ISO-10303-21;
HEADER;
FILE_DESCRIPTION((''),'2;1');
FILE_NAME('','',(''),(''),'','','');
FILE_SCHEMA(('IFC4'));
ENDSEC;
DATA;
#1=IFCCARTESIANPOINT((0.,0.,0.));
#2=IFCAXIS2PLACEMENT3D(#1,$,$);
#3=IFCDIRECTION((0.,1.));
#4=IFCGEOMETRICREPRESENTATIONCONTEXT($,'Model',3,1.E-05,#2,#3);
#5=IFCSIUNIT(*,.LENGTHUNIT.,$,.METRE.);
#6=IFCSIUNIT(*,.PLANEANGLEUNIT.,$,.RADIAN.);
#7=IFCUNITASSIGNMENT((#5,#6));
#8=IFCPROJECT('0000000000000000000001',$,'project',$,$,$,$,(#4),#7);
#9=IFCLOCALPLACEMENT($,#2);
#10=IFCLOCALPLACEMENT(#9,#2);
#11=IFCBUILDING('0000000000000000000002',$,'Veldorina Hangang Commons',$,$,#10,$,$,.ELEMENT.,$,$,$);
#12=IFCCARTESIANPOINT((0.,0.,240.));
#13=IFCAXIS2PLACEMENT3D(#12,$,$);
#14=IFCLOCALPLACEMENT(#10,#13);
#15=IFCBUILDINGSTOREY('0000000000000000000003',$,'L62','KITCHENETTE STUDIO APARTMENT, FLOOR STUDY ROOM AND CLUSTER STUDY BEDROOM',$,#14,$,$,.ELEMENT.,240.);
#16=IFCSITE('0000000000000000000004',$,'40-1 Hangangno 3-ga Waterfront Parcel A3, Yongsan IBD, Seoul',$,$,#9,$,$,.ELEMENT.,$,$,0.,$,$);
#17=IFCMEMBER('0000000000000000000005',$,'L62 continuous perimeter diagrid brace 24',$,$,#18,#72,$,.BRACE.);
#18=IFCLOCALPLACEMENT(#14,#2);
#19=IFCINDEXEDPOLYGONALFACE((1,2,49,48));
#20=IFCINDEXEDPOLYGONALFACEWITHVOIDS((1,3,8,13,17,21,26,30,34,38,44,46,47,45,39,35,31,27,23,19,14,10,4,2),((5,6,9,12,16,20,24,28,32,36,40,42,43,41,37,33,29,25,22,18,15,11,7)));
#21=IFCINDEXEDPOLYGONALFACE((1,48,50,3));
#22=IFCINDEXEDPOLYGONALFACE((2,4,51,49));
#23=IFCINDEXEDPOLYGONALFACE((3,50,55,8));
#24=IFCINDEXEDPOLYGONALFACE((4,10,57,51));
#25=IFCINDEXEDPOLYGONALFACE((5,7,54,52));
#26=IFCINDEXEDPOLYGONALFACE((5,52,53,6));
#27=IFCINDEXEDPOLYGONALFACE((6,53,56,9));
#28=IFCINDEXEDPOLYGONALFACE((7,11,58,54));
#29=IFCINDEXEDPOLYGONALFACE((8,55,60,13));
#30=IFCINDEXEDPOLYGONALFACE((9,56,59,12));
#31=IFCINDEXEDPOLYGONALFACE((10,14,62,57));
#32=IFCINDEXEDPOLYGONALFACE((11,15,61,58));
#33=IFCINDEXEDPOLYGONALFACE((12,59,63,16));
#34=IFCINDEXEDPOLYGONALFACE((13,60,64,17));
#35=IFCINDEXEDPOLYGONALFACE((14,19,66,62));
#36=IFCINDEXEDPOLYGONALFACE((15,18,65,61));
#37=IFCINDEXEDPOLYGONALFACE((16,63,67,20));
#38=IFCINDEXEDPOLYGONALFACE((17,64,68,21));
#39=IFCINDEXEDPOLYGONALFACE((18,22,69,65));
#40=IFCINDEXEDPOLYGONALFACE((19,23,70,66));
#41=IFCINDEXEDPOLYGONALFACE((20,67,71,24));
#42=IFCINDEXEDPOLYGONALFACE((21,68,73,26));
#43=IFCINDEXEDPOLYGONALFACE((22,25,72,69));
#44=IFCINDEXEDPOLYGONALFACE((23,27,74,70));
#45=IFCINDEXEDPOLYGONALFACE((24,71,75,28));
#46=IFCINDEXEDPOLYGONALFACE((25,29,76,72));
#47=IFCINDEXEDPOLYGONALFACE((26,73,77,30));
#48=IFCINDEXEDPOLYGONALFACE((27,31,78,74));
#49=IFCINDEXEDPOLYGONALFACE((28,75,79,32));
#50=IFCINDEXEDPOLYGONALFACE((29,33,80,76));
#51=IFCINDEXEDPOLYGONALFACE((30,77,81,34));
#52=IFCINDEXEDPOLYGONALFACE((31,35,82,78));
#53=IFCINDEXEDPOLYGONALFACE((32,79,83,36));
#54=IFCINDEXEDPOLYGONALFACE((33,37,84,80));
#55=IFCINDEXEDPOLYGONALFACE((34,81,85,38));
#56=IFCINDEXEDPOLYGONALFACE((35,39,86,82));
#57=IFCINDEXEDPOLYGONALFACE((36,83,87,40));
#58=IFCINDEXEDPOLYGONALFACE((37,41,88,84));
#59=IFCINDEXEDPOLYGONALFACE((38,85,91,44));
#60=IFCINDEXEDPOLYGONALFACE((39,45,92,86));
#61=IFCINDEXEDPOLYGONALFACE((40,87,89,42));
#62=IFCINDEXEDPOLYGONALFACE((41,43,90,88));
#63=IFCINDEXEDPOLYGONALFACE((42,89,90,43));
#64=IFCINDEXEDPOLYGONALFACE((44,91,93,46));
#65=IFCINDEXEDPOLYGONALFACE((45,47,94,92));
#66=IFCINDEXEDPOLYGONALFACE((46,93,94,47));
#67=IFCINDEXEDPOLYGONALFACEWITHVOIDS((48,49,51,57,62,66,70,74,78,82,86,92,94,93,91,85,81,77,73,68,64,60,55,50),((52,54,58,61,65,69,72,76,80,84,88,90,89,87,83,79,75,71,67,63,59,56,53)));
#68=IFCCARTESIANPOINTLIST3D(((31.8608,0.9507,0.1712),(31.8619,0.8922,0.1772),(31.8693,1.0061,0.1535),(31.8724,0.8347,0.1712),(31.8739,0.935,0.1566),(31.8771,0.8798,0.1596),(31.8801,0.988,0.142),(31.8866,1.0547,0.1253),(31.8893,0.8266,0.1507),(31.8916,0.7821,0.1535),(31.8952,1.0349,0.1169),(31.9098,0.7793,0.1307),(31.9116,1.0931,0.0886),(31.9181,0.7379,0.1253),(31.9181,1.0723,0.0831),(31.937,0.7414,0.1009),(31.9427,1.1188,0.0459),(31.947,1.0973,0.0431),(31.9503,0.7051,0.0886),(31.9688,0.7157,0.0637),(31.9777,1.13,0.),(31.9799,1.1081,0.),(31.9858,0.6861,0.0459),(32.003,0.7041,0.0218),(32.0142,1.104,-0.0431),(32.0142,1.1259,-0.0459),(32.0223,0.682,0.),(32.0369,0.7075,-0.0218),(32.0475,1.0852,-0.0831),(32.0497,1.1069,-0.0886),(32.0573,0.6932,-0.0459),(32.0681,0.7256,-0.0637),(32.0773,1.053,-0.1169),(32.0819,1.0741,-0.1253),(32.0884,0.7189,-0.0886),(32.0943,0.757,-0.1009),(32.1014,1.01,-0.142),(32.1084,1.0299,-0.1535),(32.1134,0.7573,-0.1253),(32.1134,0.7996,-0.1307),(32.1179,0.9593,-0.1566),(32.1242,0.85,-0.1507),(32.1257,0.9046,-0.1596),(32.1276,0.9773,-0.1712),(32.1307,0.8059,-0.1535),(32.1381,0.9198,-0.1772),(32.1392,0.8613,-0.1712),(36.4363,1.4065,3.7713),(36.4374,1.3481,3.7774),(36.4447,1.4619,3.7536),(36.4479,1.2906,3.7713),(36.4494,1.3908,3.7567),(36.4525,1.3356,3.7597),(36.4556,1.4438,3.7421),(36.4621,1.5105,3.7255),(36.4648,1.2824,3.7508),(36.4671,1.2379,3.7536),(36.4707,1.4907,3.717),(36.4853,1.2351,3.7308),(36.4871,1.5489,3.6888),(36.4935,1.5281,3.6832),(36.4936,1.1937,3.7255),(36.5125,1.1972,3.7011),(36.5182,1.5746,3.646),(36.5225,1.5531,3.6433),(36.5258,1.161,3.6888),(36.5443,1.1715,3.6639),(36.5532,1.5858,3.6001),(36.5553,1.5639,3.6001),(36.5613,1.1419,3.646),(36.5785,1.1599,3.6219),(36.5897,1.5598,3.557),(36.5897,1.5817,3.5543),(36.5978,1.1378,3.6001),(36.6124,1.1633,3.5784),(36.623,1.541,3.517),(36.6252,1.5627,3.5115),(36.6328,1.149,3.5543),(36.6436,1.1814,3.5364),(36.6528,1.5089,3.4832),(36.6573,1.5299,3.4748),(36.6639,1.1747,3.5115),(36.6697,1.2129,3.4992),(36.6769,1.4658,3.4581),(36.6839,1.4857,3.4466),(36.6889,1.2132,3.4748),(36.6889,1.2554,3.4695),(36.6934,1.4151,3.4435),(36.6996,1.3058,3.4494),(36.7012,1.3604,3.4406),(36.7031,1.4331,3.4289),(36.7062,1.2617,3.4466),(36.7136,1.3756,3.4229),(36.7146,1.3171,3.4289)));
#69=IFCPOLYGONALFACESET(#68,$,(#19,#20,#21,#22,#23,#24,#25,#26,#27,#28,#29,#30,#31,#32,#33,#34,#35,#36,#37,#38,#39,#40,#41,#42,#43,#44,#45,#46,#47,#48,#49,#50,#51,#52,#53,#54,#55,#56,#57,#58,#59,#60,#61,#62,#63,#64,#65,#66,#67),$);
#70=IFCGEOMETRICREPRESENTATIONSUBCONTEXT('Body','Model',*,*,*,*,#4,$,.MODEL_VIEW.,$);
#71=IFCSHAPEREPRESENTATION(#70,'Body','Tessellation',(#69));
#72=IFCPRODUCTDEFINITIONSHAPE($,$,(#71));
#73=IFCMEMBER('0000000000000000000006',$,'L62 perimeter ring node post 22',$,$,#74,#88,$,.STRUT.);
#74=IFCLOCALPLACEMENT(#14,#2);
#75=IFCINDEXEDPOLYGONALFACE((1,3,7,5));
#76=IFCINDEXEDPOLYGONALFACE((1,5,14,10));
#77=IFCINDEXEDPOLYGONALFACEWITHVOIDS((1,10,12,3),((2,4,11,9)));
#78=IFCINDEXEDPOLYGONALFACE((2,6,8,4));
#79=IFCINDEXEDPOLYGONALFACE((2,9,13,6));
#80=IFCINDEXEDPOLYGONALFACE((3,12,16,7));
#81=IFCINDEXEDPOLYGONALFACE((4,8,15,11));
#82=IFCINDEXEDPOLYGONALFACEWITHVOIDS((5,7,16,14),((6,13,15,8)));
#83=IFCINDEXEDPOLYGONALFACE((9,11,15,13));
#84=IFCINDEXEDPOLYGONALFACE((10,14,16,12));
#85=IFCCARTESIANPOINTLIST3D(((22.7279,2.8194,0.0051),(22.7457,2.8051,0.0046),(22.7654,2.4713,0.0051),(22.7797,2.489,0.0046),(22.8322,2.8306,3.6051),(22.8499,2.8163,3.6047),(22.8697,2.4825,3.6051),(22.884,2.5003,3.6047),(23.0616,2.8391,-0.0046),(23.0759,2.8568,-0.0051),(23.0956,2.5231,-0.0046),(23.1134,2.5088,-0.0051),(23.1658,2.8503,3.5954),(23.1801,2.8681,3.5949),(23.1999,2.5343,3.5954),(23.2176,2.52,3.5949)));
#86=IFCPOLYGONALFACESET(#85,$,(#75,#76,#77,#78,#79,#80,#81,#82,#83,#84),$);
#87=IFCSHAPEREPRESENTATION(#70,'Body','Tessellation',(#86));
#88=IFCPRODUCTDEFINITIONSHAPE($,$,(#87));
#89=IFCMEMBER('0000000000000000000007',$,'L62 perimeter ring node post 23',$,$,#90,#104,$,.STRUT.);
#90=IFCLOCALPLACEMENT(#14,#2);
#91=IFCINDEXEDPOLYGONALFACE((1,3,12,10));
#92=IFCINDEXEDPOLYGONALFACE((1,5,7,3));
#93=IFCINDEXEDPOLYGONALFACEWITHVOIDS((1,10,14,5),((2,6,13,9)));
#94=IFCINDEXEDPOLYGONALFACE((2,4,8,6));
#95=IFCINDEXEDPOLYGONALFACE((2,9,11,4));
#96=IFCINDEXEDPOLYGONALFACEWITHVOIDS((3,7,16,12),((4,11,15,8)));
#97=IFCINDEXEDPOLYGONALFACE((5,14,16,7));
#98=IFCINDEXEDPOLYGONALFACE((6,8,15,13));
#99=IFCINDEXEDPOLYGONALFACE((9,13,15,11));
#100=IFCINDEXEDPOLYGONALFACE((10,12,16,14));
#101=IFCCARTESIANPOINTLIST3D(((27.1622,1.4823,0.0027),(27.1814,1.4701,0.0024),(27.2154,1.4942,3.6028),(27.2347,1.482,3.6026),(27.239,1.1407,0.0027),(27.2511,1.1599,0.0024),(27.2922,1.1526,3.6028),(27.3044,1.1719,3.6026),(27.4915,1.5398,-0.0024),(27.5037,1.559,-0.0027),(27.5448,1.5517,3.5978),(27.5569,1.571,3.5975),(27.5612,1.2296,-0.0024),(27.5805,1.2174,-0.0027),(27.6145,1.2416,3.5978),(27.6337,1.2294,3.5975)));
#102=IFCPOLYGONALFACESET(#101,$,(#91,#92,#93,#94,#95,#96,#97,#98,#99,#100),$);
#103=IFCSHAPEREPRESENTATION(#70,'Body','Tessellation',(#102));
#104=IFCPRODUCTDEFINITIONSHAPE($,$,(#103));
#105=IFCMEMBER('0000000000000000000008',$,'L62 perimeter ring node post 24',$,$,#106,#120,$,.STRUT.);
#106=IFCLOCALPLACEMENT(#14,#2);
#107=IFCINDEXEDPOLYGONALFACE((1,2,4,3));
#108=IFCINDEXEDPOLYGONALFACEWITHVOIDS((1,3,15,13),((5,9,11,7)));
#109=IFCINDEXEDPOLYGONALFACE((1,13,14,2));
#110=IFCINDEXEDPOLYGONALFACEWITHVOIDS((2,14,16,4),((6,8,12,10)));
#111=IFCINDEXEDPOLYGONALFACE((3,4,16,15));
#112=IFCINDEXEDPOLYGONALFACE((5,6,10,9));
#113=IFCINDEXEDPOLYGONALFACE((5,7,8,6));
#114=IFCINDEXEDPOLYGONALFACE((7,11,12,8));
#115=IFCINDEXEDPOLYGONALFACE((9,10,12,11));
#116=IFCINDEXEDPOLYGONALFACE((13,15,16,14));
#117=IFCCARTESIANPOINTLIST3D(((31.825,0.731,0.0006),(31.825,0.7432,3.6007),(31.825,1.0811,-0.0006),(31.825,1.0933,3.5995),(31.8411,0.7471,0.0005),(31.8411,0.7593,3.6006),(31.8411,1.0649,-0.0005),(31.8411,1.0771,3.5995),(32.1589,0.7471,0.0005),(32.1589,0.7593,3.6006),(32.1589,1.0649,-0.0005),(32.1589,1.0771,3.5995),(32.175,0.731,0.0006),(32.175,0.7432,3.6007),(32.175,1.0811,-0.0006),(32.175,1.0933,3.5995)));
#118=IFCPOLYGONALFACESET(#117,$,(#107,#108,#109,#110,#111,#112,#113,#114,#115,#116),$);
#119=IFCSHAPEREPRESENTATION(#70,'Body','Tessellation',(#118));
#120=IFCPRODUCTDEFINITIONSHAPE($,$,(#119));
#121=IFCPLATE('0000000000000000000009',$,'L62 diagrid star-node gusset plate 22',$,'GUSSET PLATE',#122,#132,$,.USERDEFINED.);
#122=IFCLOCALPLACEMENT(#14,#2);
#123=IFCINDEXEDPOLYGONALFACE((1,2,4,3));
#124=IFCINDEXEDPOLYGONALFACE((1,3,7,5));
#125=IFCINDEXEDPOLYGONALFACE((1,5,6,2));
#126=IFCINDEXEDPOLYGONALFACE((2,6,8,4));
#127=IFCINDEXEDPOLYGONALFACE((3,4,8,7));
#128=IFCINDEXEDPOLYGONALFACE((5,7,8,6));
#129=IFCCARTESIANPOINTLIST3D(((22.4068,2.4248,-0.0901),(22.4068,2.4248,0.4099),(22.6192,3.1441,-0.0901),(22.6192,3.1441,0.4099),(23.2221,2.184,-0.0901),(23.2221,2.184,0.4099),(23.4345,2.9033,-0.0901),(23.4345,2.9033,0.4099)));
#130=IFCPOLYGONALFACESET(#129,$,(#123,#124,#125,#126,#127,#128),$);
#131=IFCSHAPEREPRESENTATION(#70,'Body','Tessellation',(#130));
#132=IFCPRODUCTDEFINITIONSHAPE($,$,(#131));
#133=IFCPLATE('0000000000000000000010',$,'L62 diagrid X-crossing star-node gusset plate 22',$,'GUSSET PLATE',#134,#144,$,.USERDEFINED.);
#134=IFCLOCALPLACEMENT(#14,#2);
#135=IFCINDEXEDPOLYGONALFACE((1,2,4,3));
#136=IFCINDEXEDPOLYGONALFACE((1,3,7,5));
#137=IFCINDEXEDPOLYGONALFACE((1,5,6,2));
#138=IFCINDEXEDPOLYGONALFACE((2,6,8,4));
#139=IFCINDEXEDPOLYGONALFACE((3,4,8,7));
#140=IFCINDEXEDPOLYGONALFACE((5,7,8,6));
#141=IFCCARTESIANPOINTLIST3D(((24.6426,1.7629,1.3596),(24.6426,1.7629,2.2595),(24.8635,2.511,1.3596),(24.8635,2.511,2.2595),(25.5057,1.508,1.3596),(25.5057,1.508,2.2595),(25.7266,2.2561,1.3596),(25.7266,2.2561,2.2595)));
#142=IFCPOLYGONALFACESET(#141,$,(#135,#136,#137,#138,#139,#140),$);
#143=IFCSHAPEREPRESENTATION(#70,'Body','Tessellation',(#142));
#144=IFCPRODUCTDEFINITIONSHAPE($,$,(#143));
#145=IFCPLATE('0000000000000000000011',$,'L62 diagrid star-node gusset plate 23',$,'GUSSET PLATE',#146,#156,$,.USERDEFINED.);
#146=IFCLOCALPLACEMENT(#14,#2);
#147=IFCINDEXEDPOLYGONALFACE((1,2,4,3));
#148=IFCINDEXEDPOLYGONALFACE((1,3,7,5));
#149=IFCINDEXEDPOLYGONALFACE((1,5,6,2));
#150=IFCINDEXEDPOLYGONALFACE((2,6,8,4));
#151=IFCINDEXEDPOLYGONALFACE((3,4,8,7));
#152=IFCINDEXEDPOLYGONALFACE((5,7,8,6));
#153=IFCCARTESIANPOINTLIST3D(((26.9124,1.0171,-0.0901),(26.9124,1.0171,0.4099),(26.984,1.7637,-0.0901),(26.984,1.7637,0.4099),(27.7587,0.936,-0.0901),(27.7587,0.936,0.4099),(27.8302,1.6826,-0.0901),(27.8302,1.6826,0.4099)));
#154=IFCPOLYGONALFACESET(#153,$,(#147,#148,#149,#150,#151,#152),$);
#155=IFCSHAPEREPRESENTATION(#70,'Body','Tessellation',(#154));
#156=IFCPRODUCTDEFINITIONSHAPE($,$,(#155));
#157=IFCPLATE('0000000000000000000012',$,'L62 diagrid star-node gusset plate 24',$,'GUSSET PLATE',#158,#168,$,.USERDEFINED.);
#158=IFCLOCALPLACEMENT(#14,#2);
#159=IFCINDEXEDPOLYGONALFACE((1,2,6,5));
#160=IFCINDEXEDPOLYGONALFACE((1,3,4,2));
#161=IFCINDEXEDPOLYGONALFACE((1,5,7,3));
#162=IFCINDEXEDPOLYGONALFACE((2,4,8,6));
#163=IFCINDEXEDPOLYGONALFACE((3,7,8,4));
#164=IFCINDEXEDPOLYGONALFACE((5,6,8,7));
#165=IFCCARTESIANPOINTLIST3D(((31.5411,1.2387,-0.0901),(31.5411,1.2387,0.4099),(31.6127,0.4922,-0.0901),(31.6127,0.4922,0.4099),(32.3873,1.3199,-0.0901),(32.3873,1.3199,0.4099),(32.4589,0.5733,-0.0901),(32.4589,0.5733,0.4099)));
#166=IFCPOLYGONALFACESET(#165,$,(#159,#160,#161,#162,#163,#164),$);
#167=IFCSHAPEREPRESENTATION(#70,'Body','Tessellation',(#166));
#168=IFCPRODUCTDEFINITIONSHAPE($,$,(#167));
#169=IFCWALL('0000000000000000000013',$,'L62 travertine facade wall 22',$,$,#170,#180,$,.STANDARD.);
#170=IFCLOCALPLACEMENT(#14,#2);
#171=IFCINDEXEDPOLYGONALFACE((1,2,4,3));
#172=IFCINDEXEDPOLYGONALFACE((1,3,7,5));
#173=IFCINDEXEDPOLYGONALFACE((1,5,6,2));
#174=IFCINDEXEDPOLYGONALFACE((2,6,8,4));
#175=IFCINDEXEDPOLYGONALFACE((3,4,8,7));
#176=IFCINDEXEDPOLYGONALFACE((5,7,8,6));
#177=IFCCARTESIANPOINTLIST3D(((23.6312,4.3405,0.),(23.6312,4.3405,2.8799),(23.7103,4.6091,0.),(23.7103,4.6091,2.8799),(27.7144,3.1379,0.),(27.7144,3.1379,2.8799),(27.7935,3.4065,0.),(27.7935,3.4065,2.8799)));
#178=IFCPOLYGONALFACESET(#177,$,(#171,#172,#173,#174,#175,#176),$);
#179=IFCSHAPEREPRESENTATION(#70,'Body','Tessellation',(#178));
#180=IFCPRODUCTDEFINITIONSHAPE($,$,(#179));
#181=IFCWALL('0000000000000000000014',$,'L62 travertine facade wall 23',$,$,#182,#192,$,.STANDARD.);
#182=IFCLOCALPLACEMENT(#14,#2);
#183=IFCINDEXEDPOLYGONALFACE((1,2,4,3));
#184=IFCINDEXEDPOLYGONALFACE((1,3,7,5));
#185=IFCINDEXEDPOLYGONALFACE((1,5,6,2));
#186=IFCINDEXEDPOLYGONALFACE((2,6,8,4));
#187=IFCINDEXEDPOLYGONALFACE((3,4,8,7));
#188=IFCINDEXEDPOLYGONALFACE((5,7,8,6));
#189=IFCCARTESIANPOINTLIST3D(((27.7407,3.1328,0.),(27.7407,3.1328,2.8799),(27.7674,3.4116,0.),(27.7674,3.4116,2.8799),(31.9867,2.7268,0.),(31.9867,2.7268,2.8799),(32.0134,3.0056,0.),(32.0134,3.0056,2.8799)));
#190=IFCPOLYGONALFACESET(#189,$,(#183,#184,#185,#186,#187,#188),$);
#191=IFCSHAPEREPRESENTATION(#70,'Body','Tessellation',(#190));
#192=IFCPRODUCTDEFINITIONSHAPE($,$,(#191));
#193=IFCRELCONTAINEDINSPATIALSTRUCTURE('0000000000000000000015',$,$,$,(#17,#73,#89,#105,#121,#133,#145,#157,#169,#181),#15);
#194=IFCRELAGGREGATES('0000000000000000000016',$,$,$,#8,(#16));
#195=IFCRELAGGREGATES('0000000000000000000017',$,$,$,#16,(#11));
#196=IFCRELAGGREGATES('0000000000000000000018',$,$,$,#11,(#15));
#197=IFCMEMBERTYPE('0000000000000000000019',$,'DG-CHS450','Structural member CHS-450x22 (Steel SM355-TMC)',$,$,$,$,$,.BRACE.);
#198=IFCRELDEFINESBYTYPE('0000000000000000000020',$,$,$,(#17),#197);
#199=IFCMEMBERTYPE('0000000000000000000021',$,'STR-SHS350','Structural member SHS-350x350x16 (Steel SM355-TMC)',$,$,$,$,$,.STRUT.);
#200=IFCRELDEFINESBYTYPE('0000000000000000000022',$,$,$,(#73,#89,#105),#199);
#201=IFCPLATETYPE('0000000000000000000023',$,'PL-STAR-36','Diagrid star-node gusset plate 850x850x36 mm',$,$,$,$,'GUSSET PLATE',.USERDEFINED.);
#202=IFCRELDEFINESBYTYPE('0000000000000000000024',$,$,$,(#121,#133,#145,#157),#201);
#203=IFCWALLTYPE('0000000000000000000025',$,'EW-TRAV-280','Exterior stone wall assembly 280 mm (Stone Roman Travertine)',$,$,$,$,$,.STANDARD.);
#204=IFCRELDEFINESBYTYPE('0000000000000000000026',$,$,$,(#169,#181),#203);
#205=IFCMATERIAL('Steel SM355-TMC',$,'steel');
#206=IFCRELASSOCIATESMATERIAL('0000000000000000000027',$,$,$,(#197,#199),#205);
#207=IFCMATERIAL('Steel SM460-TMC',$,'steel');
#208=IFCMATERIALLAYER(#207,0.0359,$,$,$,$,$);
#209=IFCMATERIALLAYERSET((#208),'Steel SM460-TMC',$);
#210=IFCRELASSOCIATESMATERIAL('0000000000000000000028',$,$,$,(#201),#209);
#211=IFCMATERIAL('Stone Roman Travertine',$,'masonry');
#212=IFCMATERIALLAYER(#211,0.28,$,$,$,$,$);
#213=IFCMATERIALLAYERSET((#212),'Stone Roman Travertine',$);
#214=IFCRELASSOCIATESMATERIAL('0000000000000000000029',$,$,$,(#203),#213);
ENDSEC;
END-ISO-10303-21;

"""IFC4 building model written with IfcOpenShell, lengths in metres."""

from ifc_helpers import new_model, si_unit, direction, frame, frame_2d, origin, origin_2d, place, context, subcontext, project, spatial, rectangle, hollow_rectangle, hollow_circle, extrude, material, layer, layer_set, material_profile, profile_set, type_object, element, save


model = new_model("IFC4")

# Units and contexts
model_context = context("Model", 3, precision=1e-05, world=origin(), true_north=direction((0.0, 1.0)))
body_context = subcontext(model_context, "Body", "Model", "MODEL_VIEW")
ifc_project = project(units=[si_unit("LENGTHUNIT", "METRE"), si_unit("PLANEANGLEUNIT", "RADIAN")], contexts=[model_context])

# Site, building, storey
site_placement = place(None, origin())
site = spatial("IfcSite", under=ifc_project, at=site_placement, Name="40-1 Hangangno 3-ga Waterfront Parcel A3, Yongsan IBD, Seoul", CompositionType="ELEMENT", RefElevation=0.0)
building_placement = place(site_placement, origin())
building = spatial("IfcBuilding", under=site, at=building_placement, Name="Veldorina Hangang Commons", CompositionType="ELEMENT")
storey_placement = place(building_placement, frame((0.0, 0.0, 240.0)))
storey = spatial("IfcBuildingStorey", under=building, at=storey_placement, Name="L62", Description="KITCHENETTE STUDIO APARTMENT, FLOOR STUDY ROOM AND CLUSTER STUDY BEDROOM", CompositionType="ELEMENT", Elevation=240.0)

# Shared definitions
ifc_material_1 = material(Name="Steel SM355-TMC", Category="steel")

# Members
ifc_material_profile_1 = material_profile(ifc_material_1, hollow_circle(Radius=0.2251, WallThickness=0.022, at=origin_2d()), Name="CHS-450x22")
ifc_profile_set_1 = profile_set([ifc_material_profile_1], Name="Steel SM355-TMC")
member_type_1 = type_object("IfcMemberType", Name="DG-CHS450", Description="Structural member CHS-450x22 (Steel SM355-TMC)", PredefinedType="BRACE", material=ifc_profile_set_1)
member_1_placement = place(storey_placement, frame((32.0, 0.906, 0.0), z_axis=(0.783494, 0.078053, 0.616478), x_axis=(-0.09913, 0.995074, 0.0)))
element("IfcMember", 1, at=member_1_placement, inside=storey, type_object=member_type_1, Name="L62 continuous perimeter diagrid brace 24", PredefinedType="BRACE", context=body_context, shape_type="SweptSolid", body=[
    extrude(hollow_circle(Radius=0.2251, WallThickness=0.022, at=origin_2d()), origin(), (0.0, 0.0, 1.0), 5.8398),
])
ifc_material_profile_2 = material_profile(ifc_material_1, hollow_rectangle(XDim=0.3501, YDim=0.3501, WallThickness=0.0161, at=origin_2d()), Name="SHS-350x350x16")
ifc_profile_set_2 = profile_set([ifc_material_profile_2], Name="Steel SM355-TMC")
member_type_2 = type_object("IfcMemberType", Name="STR-SHS350", Description="Structural member SHS-350x350x16 (Steel SM355-TMC)", PredefinedType="STRUT", material=ifc_profile_set_2)
member_2_placement = place(storey_placement, frame((22.9207, 2.6641, 0.0), z_axis=(0.028945, 0.003118, 0.999576), x_axis=(-0.107109, 0.994247, 0.0)))
element("IfcMember", 2, at=member_2_placement, inside=storey, type_object=member_type_2, Name="L62 perimeter ring node post 22", PredefinedType="STRUT", context=body_context, shape_type="SweptSolid", body=[
    extrude(hollow_rectangle(XDim=0.3501, YDim=0.3501, WallThickness=0.0161, at=origin_2d()), origin(), (0.0, 0.0, 1.0), 3.6016),
])
member_3_placement = place(storey_placement, frame((27.3713, 1.3499, 0.0), z_axis=(0.014782, 0.003323, 0.999885), x_axis=(-0.219299, 0.975658, 0.0)))
element("IfcMember", 3, at=member_3_placement, inside=storey, type_object=member_type_2, Name="L62 perimeter ring node post 23", PredefinedType="STRUT", context=body_context, shape_type="SweptSolid", body=[
    extrude(hollow_rectangle(XDim=0.3501, YDim=0.3501, WallThickness=0.0161, at=origin_2d()), origin(), (0.0, 0.0, 1.0), 3.6006),
])
member_4_placement = place(storey_placement, frame((32.0, 0.906, 0.0), z_axis=(0.0, 0.003391, 0.999994), x_axis=(-1.0, 0.0, 0.0)))
element("IfcMember", 4, at=member_4_placement, inside=storey, type_object=member_type_2, Name="L62 perimeter ring node post 24", PredefinedType="STRUT", context=body_context, shape_type="SweptSolid", body=[
    extrude(hollow_rectangle(XDim=0.3501, YDim=0.3501, WallThickness=0.0161, at=origin_2d()), origin(), (0.0, 0.0, 1.0), 3.6001),
])

# Plates
ifc_material_2 = material(Name="Steel SM460-TMC", Category="steel")
ifc_layer_1 = layer(ifc_material_2, 0.0359)
ifc_layer_set_1 = layer_set([ifc_layer_1], Name="Steel SM460-TMC")
plate_type = type_object("IfcPlateType", Name="PL-STAR-36", Description="Diagrid star-node gusset plate 850x850x36 mm", ElementType="GUSSET PLATE", PredefinedType="USERDEFINED", material=ifc_layer_set_1)
plate_1_placement = place(storey_placement, frame((22.9207, 2.6641, -0.0901), z_axis=(0.0, 0.0, 1.0), x_axis=(0.959062, -0.283195, 0.0)))
element("IfcPlate", 5, at=plate_1_placement, inside=storey, type_object=plate_type, Name="L62 diagrid star-node gusset plate 22", ObjectType="GUSSET PLATE", PredefinedType="USERDEFINED", context=body_context, shape_type="SweptSolid", body=[
    extrude(rectangle(XDim=0.8501, YDim=0.75, at=origin_2d()), origin(), (0.0, 0.0, 1.0), 0.5),
])
plate_2_placement = place(storey_placement, frame((25.1846, 2.0095, 1.3596), z_axis=(0.0, 0.0, 1.0), x_axis=(0.959062, -0.283195, 0.0)))
element("IfcPlate", 6, at=plate_2_placement, inside=storey, type_object=plate_type, Name="L62 diagrid X-crossing star-node gusset plate 22", ObjectType="GUSSET PLATE", PredefinedType="USERDEFINED", context=body_context, shape_type="SweptSolid", body=[
    extrude(rectangle(XDim=0.8999, YDim=0.78, at=origin_2d()), origin(), (0.0, 0.0, 1.0), 0.8999),
])
for number, where, z_axis, x_axis, name in (
    (7, (27.3713, 1.3499, -0.0901), (0.0, 0.0, 1.0), (0.995436, -0.095429, 0.0), "L62 diagrid star-node gusset plate 23"),
    (8, (32.0, 0.906, -0.0901), (0.0, 0.0, 1.0), (0.995436, 0.095429, 0.0), "L62 diagrid star-node gusset plate 24"),
):
    element("IfcPlate", number, at=place(storey_placement, frame(where, z_axis=z_axis, x_axis=x_axis)), inside=storey, type_object=plate_type, Name=name, ObjectType="GUSSET PLATE", PredefinedType="USERDEFINED", context=body_context, shape_type="SweptSolid", body=[
        extrude(rectangle(XDim=0.8501, YDim=0.75, at=origin_2d()), origin(), (0.0, 0.0, 1.0), 0.5),
    ])

# Walls
ifc_material_3 = material(Name="Stone Roman Travertine", Category="masonry")
ifc_layer_2 = layer(ifc_material_3, 0.28)
ifc_layer_set_2 = layer_set([ifc_layer_2], Name="Stone Roman Travertine")
wall_type_1 = type_object("IfcWallType", Name="EW-TRAV-280", Description="Exterior stone wall assembly 280 mm (Stone Roman Travertine)", PredefinedType="STANDARD", material=ifc_layer_set_2)
wall_1_placement = place(storey_placement, frame((23.6707, 4.4749, 0.0), z_axis=(0.0, 0.0, 1.0), x_axis=(0.959259, -0.28253, 0.0)))
element("IfcWall", 9, at=wall_1_placement, inside=storey, type_object=wall_type_1, Name="L62 travertine facade wall 22", PredefinedType="STANDARD", context=body_context, shape_type="SweptSolid", body=[
    extrude(rectangle(XDim=4.2566, YDim=0.28, at=frame_2d((2.1284, 0.0))), origin(), (0.0, 0.0, 1.0), 2.8799),
])
wall_2_placement = place(storey_placement, frame((27.7539, 3.2722, 0.0), z_axis=(0.0, 0.0, 1.0), x_axis=(0.99546, -0.095185, 0.0)))
element("IfcWall", 10, at=wall_2_placement, inside=storey, type_object=wall_type_1, Name="L62 travertine facade wall 23", PredefinedType="STANDARD", context=body_context, shape_type="SweptSolid", body=[
    extrude(rectangle(XDim=4.2654, YDim=0.28, at=frame_2d((2.1328, 0.0))), origin(), (0.0, 0.0, 1.0), 2.8799),
])

save(model, "model.ifc")
